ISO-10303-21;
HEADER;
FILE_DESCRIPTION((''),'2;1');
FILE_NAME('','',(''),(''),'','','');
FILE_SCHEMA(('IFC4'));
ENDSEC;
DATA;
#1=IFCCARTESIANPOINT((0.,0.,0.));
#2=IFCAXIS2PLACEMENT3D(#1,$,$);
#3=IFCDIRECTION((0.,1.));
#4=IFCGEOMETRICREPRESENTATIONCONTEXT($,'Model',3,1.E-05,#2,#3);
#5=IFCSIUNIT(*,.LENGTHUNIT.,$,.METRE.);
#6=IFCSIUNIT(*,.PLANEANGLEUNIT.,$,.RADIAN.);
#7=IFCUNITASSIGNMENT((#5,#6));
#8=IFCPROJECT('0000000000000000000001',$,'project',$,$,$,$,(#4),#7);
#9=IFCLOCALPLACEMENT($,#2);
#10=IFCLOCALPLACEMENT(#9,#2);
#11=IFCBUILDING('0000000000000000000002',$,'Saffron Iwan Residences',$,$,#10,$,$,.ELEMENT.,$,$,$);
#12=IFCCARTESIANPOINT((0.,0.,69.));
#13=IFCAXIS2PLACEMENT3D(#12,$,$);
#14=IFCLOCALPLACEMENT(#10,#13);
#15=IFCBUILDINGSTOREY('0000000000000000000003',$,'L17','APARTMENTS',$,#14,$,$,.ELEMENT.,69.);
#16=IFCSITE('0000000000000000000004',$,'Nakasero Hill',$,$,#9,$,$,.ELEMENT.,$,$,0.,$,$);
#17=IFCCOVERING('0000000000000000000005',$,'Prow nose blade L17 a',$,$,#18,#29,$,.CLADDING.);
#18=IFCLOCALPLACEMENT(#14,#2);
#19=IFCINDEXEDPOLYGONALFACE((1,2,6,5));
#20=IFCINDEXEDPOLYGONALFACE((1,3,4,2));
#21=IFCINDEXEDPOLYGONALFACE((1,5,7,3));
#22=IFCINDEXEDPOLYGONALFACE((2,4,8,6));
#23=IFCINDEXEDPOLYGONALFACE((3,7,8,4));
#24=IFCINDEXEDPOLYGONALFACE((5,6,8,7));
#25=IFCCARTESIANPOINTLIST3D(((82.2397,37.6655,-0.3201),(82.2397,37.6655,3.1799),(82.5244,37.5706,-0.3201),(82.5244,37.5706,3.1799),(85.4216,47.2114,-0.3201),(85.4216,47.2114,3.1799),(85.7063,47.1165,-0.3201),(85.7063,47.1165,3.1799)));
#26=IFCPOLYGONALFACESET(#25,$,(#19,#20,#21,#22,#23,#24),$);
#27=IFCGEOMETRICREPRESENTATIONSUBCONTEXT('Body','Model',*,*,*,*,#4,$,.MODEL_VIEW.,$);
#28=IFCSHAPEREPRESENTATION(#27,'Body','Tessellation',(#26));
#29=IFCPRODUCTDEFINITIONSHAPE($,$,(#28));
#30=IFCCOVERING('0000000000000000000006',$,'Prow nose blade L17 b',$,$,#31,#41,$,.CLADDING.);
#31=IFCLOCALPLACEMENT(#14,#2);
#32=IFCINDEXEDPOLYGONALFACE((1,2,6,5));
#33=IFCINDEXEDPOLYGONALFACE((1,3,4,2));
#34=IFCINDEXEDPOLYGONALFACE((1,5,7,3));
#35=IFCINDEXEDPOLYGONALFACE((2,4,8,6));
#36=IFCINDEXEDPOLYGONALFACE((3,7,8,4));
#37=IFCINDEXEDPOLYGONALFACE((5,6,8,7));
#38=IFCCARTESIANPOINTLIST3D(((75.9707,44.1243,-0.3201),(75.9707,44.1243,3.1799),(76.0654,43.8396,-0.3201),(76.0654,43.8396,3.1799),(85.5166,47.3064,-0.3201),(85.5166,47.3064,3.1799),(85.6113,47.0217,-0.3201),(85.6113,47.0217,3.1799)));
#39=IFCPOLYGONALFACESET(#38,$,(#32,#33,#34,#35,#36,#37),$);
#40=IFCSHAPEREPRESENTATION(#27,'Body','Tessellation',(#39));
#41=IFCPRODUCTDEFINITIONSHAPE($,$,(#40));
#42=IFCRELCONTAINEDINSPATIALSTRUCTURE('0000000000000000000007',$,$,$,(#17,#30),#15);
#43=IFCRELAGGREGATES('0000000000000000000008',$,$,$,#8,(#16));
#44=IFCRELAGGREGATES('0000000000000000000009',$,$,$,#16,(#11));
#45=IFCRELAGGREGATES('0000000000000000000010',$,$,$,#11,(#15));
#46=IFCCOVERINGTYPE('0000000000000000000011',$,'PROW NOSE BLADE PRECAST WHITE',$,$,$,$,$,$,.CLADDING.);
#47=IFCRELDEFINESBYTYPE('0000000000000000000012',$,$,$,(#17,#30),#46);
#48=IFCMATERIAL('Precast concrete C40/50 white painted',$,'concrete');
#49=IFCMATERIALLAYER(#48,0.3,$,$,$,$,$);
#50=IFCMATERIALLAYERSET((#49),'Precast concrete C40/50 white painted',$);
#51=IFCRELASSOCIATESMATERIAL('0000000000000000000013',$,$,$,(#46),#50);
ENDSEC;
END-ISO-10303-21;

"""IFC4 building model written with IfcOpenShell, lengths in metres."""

from ifc_helpers import new_model, si_unit, direction, frame, origin, place, context, subcontext, project, spatial, polyline, outline, extrude, material, layer, layer_set, type_object, element, save


model = new_model("IFC4")

# Units and contexts
model_context = context("Model", 3, precision=1e-05, world=origin(), true_north=direction((0.0, 1.0)))
body_context = subcontext(model_context, "Body", "Model", "MODEL_VIEW")
ifc_project = project(units=[si_unit("LENGTHUNIT", "METRE"), si_unit("PLANEANGLEUNIT", "RADIAN")], contexts=[model_context])

# Site, building, storey
site_placement = place(None, origin())
site = spatial("IfcSite", under=ifc_project, at=site_placement, Name="Nakasero Hill", CompositionType="ELEMENT", RefElevation=0.0)
building_placement = place(site_placement, origin())
building = spatial("IfcBuilding", under=site, at=building_placement, Name="Saffron Iwan Residences", CompositionType="ELEMENT")
storey_placement = place(building_placement, frame((0.0, 0.0, 69.0)))
storey = spatial("IfcBuildingStorey", under=building, at=storey_placement, Name="L17", Description="APARTMENTS", CompositionType="ELEMENT", Elevation=69.0)

# Coverings
ifc_material_1 = material(Name="Precast concrete C40/50 white painted", Category="concrete")
ifc_layer_1 = layer(ifc_material_1, 0.3)
ifc_layer_set_1 = layer_set([ifc_layer_1], Name="Precast concrete C40/50 white painted")
covering_type_1 = type_object("IfcCoveringType", Name="PROW NOSE BLADE PRECAST WHITE", PredefinedType="CLADDING", material=ifc_layer_set_1)
covering_1_placement = place(storey_placement, frame((0.0, 0.0, -0.3201)))
element("IfcCovering", 1, at=covering_1_placement, inside=storey, type_object=covering_type_1, Name="Prow nose blade L17 a", PredefinedType="CLADDING", context=body_context, shape_type="SweptSolid", body=[
    extrude(outline(polyline([(82.5244, 37.5706), (85.7063, 47.1165), (85.4216, 47.2114), (82.2397, 37.6655), (82.5244, 37.5706)])), origin(), (0.0, 0.0, 1.0), 3.5),
])
covering_2_placement = place(storey_placement, frame((0.0, 0.0, -0.3201)))
element("IfcCovering", 2, at=covering_2_placement, inside=storey, type_object=covering_type_1, Name="Prow nose blade L17 b", PredefinedType="CLADDING", context=body_context, shape_type="SweptSolid", body=[
    extrude(outline(polyline([(76.0654, 43.8396), (85.6113, 47.0217), (85.5166, 47.3064), (75.9707, 44.1243), (76.0654, 43.8396)])), origin(), (0.0, 0.0, 1.0), 3.5),
])

save(model, "model.ifc")
